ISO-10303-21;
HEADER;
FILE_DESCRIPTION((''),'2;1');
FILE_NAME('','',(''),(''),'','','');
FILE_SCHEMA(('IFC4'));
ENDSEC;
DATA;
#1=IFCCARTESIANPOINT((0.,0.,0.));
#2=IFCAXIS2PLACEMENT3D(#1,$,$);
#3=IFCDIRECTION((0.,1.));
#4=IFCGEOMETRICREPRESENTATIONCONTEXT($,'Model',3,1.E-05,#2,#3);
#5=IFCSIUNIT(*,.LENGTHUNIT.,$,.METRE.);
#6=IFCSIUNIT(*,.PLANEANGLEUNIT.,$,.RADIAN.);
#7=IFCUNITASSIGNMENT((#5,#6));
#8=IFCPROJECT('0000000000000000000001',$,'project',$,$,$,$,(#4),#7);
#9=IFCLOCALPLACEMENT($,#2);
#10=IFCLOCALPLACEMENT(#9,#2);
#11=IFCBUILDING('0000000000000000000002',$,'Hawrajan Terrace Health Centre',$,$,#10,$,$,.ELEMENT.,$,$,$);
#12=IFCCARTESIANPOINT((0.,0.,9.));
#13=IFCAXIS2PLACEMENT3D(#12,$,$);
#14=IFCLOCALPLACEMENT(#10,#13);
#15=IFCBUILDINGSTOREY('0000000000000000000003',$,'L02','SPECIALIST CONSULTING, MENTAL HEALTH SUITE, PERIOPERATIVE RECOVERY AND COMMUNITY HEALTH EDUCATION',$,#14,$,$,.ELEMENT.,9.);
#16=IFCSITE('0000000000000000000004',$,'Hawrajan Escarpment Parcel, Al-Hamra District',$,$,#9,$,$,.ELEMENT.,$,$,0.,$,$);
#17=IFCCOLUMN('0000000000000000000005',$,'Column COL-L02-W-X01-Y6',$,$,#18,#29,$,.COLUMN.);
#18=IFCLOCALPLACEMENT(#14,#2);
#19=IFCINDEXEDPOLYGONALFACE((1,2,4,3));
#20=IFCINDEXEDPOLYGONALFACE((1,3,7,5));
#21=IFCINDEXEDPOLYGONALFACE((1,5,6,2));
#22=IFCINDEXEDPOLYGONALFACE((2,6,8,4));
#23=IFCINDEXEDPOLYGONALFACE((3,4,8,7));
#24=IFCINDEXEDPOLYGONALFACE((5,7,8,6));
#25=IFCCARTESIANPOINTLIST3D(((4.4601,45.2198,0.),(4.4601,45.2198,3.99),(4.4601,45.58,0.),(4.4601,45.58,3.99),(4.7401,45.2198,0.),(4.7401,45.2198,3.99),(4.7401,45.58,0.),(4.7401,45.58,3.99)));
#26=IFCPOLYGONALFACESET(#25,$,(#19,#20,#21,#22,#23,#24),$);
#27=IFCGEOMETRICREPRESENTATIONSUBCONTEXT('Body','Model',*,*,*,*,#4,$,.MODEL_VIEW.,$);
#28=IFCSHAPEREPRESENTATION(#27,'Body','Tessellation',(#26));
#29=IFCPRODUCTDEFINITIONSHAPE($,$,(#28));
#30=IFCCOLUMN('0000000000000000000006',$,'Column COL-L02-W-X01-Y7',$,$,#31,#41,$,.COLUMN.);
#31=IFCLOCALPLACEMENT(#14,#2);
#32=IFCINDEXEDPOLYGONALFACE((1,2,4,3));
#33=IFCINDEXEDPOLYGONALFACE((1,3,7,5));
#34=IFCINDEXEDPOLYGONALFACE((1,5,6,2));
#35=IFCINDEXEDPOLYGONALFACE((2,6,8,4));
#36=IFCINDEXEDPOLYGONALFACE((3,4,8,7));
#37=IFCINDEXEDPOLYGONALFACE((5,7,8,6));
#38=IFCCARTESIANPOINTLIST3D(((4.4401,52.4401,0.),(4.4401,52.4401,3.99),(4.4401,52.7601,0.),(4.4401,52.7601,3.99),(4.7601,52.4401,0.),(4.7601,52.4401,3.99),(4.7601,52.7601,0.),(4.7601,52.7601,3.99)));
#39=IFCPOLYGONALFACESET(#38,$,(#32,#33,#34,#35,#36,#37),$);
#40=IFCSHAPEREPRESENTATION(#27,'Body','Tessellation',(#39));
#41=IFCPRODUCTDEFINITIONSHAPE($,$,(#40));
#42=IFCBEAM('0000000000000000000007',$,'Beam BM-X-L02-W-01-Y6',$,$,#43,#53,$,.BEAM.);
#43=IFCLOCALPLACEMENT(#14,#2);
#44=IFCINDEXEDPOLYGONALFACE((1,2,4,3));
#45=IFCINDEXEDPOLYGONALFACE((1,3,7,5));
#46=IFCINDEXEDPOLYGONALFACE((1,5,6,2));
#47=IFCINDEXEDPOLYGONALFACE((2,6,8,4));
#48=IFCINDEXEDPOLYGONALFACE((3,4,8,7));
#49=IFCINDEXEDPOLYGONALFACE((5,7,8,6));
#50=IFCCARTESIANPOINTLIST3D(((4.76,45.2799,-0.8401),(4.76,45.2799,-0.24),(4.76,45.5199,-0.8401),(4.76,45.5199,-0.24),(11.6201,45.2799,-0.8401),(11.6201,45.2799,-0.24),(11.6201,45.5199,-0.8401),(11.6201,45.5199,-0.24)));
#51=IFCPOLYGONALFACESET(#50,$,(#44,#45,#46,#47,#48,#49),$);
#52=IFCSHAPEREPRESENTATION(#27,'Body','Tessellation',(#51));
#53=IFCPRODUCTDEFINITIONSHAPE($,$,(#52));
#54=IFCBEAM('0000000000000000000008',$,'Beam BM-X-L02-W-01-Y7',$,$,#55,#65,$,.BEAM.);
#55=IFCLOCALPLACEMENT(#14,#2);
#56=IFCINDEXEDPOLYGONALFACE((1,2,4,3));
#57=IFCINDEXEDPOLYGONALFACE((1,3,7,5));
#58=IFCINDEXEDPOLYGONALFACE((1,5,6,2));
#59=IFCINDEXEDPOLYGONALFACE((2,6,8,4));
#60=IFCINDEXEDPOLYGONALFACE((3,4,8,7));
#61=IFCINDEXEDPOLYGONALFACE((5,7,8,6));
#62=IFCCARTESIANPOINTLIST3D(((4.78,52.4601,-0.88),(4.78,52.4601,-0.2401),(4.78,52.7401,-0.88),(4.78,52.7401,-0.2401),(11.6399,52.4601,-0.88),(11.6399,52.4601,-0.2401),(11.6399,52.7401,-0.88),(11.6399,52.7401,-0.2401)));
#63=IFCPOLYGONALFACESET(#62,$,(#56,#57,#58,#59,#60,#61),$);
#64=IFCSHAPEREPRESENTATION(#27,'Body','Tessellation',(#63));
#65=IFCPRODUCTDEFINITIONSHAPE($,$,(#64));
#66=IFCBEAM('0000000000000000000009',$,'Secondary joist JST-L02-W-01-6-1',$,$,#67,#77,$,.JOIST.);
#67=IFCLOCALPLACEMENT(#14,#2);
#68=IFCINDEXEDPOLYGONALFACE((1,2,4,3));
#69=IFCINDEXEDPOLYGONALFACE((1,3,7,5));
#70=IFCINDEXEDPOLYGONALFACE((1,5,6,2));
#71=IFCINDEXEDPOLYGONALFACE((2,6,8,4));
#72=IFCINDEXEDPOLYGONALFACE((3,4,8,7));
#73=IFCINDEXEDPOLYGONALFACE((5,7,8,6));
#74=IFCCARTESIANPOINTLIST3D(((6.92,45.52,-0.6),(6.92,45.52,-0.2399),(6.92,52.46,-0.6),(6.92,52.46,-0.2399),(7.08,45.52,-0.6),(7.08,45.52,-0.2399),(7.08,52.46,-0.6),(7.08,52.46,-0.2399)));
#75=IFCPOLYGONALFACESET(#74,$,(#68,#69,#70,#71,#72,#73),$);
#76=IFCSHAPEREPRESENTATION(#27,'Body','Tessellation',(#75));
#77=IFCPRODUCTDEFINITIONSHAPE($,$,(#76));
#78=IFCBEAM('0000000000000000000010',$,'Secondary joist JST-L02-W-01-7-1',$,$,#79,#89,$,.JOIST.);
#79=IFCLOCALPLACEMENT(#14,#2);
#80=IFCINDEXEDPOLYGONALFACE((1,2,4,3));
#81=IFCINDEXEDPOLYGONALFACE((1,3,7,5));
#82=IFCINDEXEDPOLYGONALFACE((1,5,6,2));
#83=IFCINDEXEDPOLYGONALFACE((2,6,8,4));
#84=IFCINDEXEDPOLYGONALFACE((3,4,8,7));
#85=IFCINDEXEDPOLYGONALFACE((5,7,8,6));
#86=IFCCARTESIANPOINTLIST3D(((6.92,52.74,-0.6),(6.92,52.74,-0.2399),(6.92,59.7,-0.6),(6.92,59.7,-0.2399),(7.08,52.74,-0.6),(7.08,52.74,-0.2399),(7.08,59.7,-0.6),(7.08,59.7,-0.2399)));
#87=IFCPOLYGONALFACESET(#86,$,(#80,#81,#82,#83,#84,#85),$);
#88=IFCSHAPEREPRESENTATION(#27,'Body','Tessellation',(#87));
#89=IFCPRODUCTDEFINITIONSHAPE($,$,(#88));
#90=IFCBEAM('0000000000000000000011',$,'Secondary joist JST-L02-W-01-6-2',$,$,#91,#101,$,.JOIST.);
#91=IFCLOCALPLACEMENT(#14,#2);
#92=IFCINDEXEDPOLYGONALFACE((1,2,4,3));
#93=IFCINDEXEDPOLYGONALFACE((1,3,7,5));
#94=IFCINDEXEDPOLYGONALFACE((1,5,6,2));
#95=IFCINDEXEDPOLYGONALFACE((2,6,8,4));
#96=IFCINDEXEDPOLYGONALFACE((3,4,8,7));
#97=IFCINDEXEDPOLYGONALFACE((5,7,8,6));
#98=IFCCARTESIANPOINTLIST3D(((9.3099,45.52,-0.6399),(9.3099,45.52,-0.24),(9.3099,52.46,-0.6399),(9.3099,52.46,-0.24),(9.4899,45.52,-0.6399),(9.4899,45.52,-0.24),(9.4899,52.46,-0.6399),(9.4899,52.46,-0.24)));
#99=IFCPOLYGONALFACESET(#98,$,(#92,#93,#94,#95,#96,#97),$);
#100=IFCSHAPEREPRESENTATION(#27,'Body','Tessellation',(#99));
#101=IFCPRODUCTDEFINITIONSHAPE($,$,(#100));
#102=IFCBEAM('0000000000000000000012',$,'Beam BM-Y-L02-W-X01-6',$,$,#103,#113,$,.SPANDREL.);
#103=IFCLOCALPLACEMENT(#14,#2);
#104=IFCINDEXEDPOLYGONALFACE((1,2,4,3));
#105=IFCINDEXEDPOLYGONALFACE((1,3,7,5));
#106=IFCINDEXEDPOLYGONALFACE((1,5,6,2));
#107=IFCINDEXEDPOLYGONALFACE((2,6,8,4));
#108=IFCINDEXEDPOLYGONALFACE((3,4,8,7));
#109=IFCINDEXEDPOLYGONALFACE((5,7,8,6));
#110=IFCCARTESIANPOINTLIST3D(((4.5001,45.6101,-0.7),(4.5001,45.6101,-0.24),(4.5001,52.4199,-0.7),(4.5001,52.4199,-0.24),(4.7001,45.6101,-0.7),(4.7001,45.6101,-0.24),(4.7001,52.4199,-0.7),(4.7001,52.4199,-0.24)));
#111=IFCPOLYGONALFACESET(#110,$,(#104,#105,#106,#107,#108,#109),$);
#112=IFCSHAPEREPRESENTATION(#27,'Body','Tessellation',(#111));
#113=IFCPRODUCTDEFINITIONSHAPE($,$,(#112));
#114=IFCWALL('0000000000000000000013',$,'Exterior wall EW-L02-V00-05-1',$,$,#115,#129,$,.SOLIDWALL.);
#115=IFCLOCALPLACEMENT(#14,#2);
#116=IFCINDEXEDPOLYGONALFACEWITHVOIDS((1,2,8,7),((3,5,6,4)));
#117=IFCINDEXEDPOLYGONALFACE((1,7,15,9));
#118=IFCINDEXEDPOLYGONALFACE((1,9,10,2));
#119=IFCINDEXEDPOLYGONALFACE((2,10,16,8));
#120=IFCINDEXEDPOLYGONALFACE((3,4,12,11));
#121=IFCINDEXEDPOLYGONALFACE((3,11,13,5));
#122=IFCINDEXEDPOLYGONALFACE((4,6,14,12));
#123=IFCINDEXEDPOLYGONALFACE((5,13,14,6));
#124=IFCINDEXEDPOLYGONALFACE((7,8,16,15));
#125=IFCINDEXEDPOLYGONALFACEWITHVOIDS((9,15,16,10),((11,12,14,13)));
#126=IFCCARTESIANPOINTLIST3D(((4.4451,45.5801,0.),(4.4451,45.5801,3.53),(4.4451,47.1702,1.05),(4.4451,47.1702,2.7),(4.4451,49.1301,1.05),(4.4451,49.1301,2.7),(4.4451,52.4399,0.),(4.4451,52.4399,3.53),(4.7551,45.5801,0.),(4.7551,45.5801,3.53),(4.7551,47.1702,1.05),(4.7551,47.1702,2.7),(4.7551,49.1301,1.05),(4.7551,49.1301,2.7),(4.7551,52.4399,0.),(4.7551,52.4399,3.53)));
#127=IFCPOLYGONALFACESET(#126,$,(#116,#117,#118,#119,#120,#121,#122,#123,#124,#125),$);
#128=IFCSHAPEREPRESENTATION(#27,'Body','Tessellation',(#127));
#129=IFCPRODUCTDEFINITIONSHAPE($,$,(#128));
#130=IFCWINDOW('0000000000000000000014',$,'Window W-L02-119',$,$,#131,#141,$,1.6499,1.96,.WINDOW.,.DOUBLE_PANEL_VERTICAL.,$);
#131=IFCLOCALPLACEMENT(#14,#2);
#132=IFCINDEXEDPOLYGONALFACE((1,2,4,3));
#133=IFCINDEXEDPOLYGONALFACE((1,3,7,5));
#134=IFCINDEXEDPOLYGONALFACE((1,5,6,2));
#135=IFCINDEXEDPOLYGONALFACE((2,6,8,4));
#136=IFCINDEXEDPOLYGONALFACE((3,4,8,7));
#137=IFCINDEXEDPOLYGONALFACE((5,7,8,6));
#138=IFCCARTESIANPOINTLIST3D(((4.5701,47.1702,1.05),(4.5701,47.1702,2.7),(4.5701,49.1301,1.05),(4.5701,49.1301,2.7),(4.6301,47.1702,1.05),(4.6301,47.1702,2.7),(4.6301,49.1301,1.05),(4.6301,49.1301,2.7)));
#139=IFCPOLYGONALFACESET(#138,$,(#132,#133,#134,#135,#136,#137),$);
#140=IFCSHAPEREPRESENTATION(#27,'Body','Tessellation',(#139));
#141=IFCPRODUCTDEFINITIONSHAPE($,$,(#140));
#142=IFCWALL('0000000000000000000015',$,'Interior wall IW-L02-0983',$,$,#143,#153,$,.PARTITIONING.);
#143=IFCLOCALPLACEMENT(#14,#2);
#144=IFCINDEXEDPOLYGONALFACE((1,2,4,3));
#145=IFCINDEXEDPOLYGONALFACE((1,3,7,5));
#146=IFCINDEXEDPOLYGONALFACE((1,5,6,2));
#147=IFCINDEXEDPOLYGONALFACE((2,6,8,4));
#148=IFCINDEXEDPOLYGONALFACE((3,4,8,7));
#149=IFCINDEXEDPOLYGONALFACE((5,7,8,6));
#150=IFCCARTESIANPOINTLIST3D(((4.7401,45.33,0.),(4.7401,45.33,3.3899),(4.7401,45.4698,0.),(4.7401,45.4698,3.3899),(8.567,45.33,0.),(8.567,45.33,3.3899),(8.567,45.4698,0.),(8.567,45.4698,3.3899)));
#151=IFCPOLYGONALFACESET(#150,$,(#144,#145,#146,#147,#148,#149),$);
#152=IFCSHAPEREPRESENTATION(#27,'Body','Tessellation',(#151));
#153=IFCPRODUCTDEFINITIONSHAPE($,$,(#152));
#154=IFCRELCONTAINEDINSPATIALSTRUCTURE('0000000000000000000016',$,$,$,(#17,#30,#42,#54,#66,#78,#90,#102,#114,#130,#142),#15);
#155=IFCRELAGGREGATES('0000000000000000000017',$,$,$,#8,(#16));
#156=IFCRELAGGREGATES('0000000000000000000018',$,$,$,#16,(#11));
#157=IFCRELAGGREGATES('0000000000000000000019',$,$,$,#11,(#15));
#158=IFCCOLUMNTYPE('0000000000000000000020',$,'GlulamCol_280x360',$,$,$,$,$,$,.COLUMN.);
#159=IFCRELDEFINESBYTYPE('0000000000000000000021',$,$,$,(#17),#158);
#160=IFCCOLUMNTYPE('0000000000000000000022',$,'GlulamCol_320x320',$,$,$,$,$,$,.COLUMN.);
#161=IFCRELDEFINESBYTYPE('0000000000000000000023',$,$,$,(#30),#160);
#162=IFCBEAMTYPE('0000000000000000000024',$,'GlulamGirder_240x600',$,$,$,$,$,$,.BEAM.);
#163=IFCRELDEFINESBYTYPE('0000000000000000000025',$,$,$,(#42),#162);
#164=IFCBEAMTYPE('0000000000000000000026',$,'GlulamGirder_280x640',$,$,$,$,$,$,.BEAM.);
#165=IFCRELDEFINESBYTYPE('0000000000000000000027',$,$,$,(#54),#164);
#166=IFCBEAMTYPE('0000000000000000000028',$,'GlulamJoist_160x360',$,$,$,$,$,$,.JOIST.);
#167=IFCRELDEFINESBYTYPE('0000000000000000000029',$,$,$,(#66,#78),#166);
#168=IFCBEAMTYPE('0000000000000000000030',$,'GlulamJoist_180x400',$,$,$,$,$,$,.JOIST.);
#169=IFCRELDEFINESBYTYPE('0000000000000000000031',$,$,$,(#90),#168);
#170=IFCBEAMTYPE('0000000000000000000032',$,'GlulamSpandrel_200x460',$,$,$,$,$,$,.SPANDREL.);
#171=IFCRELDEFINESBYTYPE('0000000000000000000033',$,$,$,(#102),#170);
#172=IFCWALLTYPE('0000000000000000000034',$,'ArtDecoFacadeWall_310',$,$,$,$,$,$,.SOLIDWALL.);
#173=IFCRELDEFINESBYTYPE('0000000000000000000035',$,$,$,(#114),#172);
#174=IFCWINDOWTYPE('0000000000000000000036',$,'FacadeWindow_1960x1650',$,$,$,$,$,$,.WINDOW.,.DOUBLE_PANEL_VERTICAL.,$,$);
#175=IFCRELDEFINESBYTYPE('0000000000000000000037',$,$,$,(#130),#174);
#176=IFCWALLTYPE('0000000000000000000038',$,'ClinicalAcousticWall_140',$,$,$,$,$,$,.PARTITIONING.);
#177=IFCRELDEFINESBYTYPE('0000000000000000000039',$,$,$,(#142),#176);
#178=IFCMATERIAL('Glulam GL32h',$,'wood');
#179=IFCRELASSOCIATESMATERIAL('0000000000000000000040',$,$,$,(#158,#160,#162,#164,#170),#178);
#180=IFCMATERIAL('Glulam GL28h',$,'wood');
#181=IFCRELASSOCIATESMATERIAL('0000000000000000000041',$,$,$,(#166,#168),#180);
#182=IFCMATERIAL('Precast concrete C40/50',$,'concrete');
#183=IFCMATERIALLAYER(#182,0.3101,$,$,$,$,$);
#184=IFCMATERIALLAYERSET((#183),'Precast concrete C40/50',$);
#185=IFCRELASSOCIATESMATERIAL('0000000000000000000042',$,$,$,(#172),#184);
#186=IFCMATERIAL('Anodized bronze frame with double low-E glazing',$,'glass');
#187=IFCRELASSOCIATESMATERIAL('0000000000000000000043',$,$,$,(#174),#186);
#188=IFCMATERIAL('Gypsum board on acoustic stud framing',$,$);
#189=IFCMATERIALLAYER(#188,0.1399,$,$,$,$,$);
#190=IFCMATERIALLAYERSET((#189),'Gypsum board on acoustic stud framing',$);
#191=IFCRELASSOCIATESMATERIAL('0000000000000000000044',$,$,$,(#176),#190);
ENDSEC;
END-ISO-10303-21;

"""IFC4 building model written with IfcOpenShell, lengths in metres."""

from ifc_helpers import new_model, si_unit, direction, frame, frame_2d, origin, origin_2d, place, context, subcontext, project, spatial, rectangle, extrude, material, layer, layer_set, material_profile, profile_set, type_object, element, fill, save


model = new_model("IFC4")

# Units and contexts
model_context = context("Model", 3, precision=1e-05, world=origin(), true_north=direction((0.0, 1.0)))
body_context = subcontext(model_context, "Body", "Model", "MODEL_VIEW")
ifc_project = project(units=[si_unit("LENGTHUNIT", "METRE"), si_unit("PLANEANGLEUNIT", "RADIAN")], contexts=[model_context])

# Site, building, storey
site_placement = place(None, origin())
site = spatial("IfcSite", under=ifc_project, at=site_placement, Name="Hawrajan Escarpment Parcel, Al-Hamra District", CompositionType="ELEMENT", RefElevation=0.0)
building_placement = place(site_placement, origin())
building = spatial("IfcBuilding", under=site, at=building_placement, Name="Hawrajan Terrace Health Centre", CompositionType="ELEMENT")
storey_placement = place(building_placement, frame((0.0, 0.0, 9.0)))
storey = spatial("IfcBuildingStorey", under=building, at=storey_placement, Name="L02", Description="SPECIALIST CONSULTING, MENTAL HEALTH SUITE, PERIOPERATIVE RECOVERY AND COMMUNITY HEALTH EDUCATION", CompositionType="ELEMENT", Elevation=9.0)

# Columns
ifc_material_1 = material(Name="Glulam GL32h", Category="wood")
ifc_material_profile_1 = material_profile(ifc_material_1, rectangle(XDim=0.28, YDim=0.3601, at=origin_2d()), Name="GL 280x360")
ifc_profile_set_1 = profile_set([ifc_material_profile_1], Name="Glulam GL32h")
column_type_1 = type_object("IfcColumnType", Name="GlulamCol_280x360", PredefinedType="COLUMN", material=ifc_profile_set_1)
column_1_placement = place(storey_placement, frame((4.6001, 45.3999, 0.0), z_axis=(0.0, 0.0, 1.0), x_axis=(1.0, 0.0, 0.0)))
element("IfcColumn", 1, at=column_1_placement, inside=storey, type_object=column_type_1, Name="Column COL-L02-W-X01-Y6", PredefinedType="COLUMN", context=body_context, shape_type="SweptSolid", body=[
    extrude(rectangle(XDim=0.28, YDim=0.3601, at=origin_2d()), origin(), (0.0, 0.0, 1.0), 3.99),
])
ifc_material_profile_2 = material_profile(ifc_material_1, rectangle(XDim=0.3201, YDim=0.3201, at=origin_2d()), Name="GL 320x320")
ifc_profile_set_2 = profile_set([ifc_material_profile_2], Name="Glulam GL32h")
column_type_2 = type_object("IfcColumnType", Name="GlulamCol_320x320", PredefinedType="COLUMN", material=ifc_profile_set_2)
column_2_placement = place(storey_placement, frame((4.6001, 52.6001, 0.0), z_axis=(0.0, 0.0, 1.0), x_axis=(1.0, 0.0, 0.0)))
element("IfcColumn", 2, at=column_2_placement, inside=storey, type_object=column_type_2, Name="Column COL-L02-W-X01-Y7", PredefinedType="COLUMN", context=body_context, shape_type="SweptSolid", body=[
    extrude(rectangle(XDim=0.3201, YDim=0.3201, at=origin_2d()), origin(), (0.0, 0.0, 1.0), 3.99),
])

# Beams
ifc_material_profile_3 = material_profile(ifc_material_1, rectangle(XDim=0.24, YDim=0.6001, at=origin_2d()), Name="GL BM 240x600")
ifc_profile_set_3 = profile_set([ifc_material_profile_3], Name="Glulam GL32h")
beam_type_1 = type_object("IfcBeamType", Name="GlulamGirder_240x600", PredefinedType="BEAM", material=ifc_profile_set_3)
beam_1_placement = place(storey_placement, frame((4.76, 45.3999, -0.54), z_axis=(1.0, 0.0, 0.0), x_axis=(0.0, 1.0, 0.0)))
element("IfcBeam", 3, at=beam_1_placement, inside=storey, type_object=beam_type_1, Name="Beam BM-X-L02-W-01-Y6", PredefinedType="BEAM", context=body_context, shape_type="SweptSolid", body=[
    extrude(rectangle(XDim=0.24, YDim=0.6001, at=origin_2d()), origin(), (0.0, 0.0, 1.0), 6.8601),
])
ifc_material_profile_4 = material_profile(ifc_material_1, rectangle(XDim=0.28, YDim=0.6399, at=origin_2d()), Name="GL BM 280x640")
ifc_profile_set_4 = profile_set([ifc_material_profile_4], Name="Glulam GL32h")
beam_type_2 = type_object("IfcBeamType", Name="GlulamGirder_280x640", PredefinedType="BEAM", material=ifc_profile_set_4)
beam_2_placement = place(storey_placement, frame((4.78, 52.6001, -0.5601), z_axis=(1.0, 0.0, 0.0), x_axis=(0.0, 1.0, 0.0)))
element("IfcBeam", 4, at=beam_2_placement, inside=storey, type_object=beam_type_2, Name="Beam BM-X-L02-W-01-Y7", PredefinedType="BEAM", context=body_context, shape_type="SweptSolid", body=[
    extrude(rectangle(XDim=0.28, YDim=0.6399, at=origin_2d()), origin(), (0.0, 0.0, 1.0), 6.8599),
])
ifc_material_2 = material(Name="Glulam GL28h", Category="wood")
ifc_material_profile_5 = material_profile(ifc_material_2, rectangle(XDim=0.1599, YDim=0.3601, at=origin_2d()), Name="GL JST 160x360")
ifc_profile_set_5 = profile_set([ifc_material_profile_5], Name="Glulam GL28h")
beam_type_3 = type_object("IfcBeamType", Name="GlulamJoist_160x360", PredefinedType="JOIST", material=ifc_profile_set_5)
beam_3_placement = place(storey_placement, frame((7.0, 45.52, -0.4199), z_axis=(0.0, 1.0, 0.0), x_axis=(-1.0, 0.0, 0.0)))
element("IfcBeam", 5, at=beam_3_placement, inside=storey, type_object=beam_type_3, Name="Secondary joist JST-L02-W-01-6-1", PredefinedType="JOIST", context=body_context, shape_type="SweptSolid", body=[
    extrude(rectangle(XDim=0.1599, YDim=0.3601, at=origin_2d()), origin(), (0.0, 0.0, 1.0), 6.9399),
])
beam_4_placement = place(storey_placement, frame((7.0, 52.74, -0.4199), z_axis=(0.0, 1.0, 0.0), x_axis=(-1.0, 0.0, 0.0)))
element("IfcBeam", 6, at=beam_4_placement, inside=storey, type_object=beam_type_3, Name="Secondary joist JST-L02-W-01-7-1", PredefinedType="JOIST", context=body_context, shape_type="SweptSolid", body=[
    extrude(rectangle(XDim=0.1599, YDim=0.3601, at=origin_2d()), origin(), (0.0, 0.0, 1.0), 6.96),
])
ifc_material_profile_6 = material_profile(ifc_material_2, rectangle(XDim=0.1799, YDim=0.3999, at=origin_2d()), Name="GL JST 180x400")
ifc_profile_set_6 = profile_set([ifc_material_profile_6], Name="Glulam GL28h")
beam_type_4 = type_object("IfcBeamType", Name="GlulamJoist_180x400", PredefinedType="JOIST", material=ifc_profile_set_6)
beam_5_placement = place(storey_placement, frame((9.3999, 45.52, -0.4399), z_axis=(0.0, 1.0, 0.0), x_axis=(-1.0, 0.0, 0.0)))
element("IfcBeam", 7, at=beam_5_placement, inside=storey, type_object=beam_type_4, Name="Secondary joist JST-L02-W-01-6-2", PredefinedType="JOIST", context=body_context, shape_type="SweptSolid", body=[
    extrude(rectangle(XDim=0.1799, YDim=0.3999, at=origin_2d()), origin(), (0.0, 0.0, 1.0), 6.9399),
])
ifc_material_profile_7 = material_profile(ifc_material_1, rectangle(XDim=0.2, YDim=0.46, at=origin_2d()), Name="GL SP 200x460")
ifc_profile_set_7 = profile_set([ifc_material_profile_7], Name="Glulam GL32h")
beam_type_5 = type_object("IfcBeamType", Name="GlulamSpandrel_200x460", PredefinedType="SPANDREL", material=ifc_profile_set_7)
beam_6_placement = place(storey_placement, frame((4.6001, 45.6101, -0.47), z_axis=(0.0, 1.0, 0.0), x_axis=(-1.0, 0.0, 0.0)))
element("IfcBeam", 8, at=beam_6_placement, inside=storey, type_object=beam_type_5, Name="Beam BM-Y-L02-W-X01-6", PredefinedType="SPANDREL", context=body_context, shape_type="SweptSolid", body=[
    extrude(rectangle(XDim=0.2, YDim=0.46, at=origin_2d()), origin(), (0.0, 0.0, 1.0), 6.8098),
])

# Wall, opening, window
ifc_material_3 = material(Name="Precast concrete C40/50", Category="concrete")
ifc_layer_1 = layer(ifc_material_3, 0.3101)
ifc_layer_set_1 = layer_set([ifc_layer_1], Name="Precast concrete C40/50")
wall_type_1 = type_object("IfcWallType", Name="ArtDecoFacadeWall_310", PredefinedType="SOLIDWALL", material=ifc_layer_set_1)
wall_1_placement = place(storey_placement, frame((4.6001, 45.5801, 0.0), z_axis=(0.0, 0.0, 1.0), x_axis=(0.0, 1.0, 0.0)))
wall_1 = element("IfcWall", 9, at=wall_1_placement, inside=storey, type_object=wall_type_1, Name="Exterior wall EW-L02-V00-05-1", PredefinedType="SOLIDWALL", context=body_context, shape_type="SweptSolid", body=[
    extrude(rectangle(XDim=6.8599, YDim=0.3101, at=frame_2d((3.4299, 0.0))), origin(), (0.0, 0.0, 1.0), 3.53),
])
opening_1_placement = place(wall_1_placement, frame((1.5901, 0.0, 1.05)))
opening_1 = element("IfcOpeningElement", 10, at=opening_1_placement, cuts=wall_1, PredefinedType="OPENING", context=body_context, shape_type="SweptSolid", body=[
    extrude(rectangle(XDim=1.96, YDim=1.6499, at=frame_2d((0.98, 0.825))), frame((0.0, 0.165, 0.0), z_axis=(0.0, -1.0, 0.0), x_axis=(1.0, 0.0, 0.0)), (0.0, 0.0, 1.0), 0.3301),
])
ifc_material_4 = material(Name="Anodized bronze frame with double low-E glazing", Category="glass")
window_type = type_object("IfcWindowType", Name="FacadeWindow_1960x1650", PartitioningType="DOUBLE_PANEL_VERTICAL", PredefinedType="WINDOW", material=ifc_material_4)
window_placement = place(opening_1_placement, origin())
window = element("IfcWindow", 11, at=window_placement, inside=storey, type_object=window_type, Name="Window W-L02-119", OverallHeight=1.6499, OverallWidth=1.96, PartitioningType="DOUBLE_PANEL_VERTICAL", PredefinedType="WINDOW", context=body_context, shape_type="SweptSolid", body=[
    extrude(rectangle(XDim=1.96, YDim=1.6499, at=frame_2d((0.98, 0.825))), frame((0.0, 0.03, 0.0), z_axis=(0.0, -1.0, 0.0), x_axis=(1.0, 0.0, 0.0)), (0.0, 0.0, 1.0), 0.0601),
])
fill(opening_1, window)

# Wall
ifc_material_5 = material(Name="Gypsum board on acoustic stud framing")
ifc_layer_2 = layer(ifc_material_5, 0.1399)
ifc_layer_set_2 = layer_set([ifc_layer_2], Name="Gypsum board on acoustic stud framing")
wall_type_2 = type_object("IfcWallType", Name="ClinicalAcousticWall_140", PredefinedType="PARTITIONING", material=ifc_layer_set_2)
wall_2_placement = place(storey_placement, frame((4.74, 45.3999, 0.0), z_axis=(0.0, 0.0, 1.0), x_axis=(1.0, 0.0, 0.0)))
element("IfcWall", 12, at=wall_2_placement, inside=storey, type_object=wall_type_2, Name="Interior wall IW-L02-0983", PredefinedType="PARTITIONING", context=body_context, shape_type="SweptSolid", body=[
    extrude(rectangle(XDim=3.8269, YDim=0.1399, at=frame_2d((1.9136, 0.0))), origin(), (0.0, 0.0, 1.0), 3.3899),
])

save(model, "model.ifc")
